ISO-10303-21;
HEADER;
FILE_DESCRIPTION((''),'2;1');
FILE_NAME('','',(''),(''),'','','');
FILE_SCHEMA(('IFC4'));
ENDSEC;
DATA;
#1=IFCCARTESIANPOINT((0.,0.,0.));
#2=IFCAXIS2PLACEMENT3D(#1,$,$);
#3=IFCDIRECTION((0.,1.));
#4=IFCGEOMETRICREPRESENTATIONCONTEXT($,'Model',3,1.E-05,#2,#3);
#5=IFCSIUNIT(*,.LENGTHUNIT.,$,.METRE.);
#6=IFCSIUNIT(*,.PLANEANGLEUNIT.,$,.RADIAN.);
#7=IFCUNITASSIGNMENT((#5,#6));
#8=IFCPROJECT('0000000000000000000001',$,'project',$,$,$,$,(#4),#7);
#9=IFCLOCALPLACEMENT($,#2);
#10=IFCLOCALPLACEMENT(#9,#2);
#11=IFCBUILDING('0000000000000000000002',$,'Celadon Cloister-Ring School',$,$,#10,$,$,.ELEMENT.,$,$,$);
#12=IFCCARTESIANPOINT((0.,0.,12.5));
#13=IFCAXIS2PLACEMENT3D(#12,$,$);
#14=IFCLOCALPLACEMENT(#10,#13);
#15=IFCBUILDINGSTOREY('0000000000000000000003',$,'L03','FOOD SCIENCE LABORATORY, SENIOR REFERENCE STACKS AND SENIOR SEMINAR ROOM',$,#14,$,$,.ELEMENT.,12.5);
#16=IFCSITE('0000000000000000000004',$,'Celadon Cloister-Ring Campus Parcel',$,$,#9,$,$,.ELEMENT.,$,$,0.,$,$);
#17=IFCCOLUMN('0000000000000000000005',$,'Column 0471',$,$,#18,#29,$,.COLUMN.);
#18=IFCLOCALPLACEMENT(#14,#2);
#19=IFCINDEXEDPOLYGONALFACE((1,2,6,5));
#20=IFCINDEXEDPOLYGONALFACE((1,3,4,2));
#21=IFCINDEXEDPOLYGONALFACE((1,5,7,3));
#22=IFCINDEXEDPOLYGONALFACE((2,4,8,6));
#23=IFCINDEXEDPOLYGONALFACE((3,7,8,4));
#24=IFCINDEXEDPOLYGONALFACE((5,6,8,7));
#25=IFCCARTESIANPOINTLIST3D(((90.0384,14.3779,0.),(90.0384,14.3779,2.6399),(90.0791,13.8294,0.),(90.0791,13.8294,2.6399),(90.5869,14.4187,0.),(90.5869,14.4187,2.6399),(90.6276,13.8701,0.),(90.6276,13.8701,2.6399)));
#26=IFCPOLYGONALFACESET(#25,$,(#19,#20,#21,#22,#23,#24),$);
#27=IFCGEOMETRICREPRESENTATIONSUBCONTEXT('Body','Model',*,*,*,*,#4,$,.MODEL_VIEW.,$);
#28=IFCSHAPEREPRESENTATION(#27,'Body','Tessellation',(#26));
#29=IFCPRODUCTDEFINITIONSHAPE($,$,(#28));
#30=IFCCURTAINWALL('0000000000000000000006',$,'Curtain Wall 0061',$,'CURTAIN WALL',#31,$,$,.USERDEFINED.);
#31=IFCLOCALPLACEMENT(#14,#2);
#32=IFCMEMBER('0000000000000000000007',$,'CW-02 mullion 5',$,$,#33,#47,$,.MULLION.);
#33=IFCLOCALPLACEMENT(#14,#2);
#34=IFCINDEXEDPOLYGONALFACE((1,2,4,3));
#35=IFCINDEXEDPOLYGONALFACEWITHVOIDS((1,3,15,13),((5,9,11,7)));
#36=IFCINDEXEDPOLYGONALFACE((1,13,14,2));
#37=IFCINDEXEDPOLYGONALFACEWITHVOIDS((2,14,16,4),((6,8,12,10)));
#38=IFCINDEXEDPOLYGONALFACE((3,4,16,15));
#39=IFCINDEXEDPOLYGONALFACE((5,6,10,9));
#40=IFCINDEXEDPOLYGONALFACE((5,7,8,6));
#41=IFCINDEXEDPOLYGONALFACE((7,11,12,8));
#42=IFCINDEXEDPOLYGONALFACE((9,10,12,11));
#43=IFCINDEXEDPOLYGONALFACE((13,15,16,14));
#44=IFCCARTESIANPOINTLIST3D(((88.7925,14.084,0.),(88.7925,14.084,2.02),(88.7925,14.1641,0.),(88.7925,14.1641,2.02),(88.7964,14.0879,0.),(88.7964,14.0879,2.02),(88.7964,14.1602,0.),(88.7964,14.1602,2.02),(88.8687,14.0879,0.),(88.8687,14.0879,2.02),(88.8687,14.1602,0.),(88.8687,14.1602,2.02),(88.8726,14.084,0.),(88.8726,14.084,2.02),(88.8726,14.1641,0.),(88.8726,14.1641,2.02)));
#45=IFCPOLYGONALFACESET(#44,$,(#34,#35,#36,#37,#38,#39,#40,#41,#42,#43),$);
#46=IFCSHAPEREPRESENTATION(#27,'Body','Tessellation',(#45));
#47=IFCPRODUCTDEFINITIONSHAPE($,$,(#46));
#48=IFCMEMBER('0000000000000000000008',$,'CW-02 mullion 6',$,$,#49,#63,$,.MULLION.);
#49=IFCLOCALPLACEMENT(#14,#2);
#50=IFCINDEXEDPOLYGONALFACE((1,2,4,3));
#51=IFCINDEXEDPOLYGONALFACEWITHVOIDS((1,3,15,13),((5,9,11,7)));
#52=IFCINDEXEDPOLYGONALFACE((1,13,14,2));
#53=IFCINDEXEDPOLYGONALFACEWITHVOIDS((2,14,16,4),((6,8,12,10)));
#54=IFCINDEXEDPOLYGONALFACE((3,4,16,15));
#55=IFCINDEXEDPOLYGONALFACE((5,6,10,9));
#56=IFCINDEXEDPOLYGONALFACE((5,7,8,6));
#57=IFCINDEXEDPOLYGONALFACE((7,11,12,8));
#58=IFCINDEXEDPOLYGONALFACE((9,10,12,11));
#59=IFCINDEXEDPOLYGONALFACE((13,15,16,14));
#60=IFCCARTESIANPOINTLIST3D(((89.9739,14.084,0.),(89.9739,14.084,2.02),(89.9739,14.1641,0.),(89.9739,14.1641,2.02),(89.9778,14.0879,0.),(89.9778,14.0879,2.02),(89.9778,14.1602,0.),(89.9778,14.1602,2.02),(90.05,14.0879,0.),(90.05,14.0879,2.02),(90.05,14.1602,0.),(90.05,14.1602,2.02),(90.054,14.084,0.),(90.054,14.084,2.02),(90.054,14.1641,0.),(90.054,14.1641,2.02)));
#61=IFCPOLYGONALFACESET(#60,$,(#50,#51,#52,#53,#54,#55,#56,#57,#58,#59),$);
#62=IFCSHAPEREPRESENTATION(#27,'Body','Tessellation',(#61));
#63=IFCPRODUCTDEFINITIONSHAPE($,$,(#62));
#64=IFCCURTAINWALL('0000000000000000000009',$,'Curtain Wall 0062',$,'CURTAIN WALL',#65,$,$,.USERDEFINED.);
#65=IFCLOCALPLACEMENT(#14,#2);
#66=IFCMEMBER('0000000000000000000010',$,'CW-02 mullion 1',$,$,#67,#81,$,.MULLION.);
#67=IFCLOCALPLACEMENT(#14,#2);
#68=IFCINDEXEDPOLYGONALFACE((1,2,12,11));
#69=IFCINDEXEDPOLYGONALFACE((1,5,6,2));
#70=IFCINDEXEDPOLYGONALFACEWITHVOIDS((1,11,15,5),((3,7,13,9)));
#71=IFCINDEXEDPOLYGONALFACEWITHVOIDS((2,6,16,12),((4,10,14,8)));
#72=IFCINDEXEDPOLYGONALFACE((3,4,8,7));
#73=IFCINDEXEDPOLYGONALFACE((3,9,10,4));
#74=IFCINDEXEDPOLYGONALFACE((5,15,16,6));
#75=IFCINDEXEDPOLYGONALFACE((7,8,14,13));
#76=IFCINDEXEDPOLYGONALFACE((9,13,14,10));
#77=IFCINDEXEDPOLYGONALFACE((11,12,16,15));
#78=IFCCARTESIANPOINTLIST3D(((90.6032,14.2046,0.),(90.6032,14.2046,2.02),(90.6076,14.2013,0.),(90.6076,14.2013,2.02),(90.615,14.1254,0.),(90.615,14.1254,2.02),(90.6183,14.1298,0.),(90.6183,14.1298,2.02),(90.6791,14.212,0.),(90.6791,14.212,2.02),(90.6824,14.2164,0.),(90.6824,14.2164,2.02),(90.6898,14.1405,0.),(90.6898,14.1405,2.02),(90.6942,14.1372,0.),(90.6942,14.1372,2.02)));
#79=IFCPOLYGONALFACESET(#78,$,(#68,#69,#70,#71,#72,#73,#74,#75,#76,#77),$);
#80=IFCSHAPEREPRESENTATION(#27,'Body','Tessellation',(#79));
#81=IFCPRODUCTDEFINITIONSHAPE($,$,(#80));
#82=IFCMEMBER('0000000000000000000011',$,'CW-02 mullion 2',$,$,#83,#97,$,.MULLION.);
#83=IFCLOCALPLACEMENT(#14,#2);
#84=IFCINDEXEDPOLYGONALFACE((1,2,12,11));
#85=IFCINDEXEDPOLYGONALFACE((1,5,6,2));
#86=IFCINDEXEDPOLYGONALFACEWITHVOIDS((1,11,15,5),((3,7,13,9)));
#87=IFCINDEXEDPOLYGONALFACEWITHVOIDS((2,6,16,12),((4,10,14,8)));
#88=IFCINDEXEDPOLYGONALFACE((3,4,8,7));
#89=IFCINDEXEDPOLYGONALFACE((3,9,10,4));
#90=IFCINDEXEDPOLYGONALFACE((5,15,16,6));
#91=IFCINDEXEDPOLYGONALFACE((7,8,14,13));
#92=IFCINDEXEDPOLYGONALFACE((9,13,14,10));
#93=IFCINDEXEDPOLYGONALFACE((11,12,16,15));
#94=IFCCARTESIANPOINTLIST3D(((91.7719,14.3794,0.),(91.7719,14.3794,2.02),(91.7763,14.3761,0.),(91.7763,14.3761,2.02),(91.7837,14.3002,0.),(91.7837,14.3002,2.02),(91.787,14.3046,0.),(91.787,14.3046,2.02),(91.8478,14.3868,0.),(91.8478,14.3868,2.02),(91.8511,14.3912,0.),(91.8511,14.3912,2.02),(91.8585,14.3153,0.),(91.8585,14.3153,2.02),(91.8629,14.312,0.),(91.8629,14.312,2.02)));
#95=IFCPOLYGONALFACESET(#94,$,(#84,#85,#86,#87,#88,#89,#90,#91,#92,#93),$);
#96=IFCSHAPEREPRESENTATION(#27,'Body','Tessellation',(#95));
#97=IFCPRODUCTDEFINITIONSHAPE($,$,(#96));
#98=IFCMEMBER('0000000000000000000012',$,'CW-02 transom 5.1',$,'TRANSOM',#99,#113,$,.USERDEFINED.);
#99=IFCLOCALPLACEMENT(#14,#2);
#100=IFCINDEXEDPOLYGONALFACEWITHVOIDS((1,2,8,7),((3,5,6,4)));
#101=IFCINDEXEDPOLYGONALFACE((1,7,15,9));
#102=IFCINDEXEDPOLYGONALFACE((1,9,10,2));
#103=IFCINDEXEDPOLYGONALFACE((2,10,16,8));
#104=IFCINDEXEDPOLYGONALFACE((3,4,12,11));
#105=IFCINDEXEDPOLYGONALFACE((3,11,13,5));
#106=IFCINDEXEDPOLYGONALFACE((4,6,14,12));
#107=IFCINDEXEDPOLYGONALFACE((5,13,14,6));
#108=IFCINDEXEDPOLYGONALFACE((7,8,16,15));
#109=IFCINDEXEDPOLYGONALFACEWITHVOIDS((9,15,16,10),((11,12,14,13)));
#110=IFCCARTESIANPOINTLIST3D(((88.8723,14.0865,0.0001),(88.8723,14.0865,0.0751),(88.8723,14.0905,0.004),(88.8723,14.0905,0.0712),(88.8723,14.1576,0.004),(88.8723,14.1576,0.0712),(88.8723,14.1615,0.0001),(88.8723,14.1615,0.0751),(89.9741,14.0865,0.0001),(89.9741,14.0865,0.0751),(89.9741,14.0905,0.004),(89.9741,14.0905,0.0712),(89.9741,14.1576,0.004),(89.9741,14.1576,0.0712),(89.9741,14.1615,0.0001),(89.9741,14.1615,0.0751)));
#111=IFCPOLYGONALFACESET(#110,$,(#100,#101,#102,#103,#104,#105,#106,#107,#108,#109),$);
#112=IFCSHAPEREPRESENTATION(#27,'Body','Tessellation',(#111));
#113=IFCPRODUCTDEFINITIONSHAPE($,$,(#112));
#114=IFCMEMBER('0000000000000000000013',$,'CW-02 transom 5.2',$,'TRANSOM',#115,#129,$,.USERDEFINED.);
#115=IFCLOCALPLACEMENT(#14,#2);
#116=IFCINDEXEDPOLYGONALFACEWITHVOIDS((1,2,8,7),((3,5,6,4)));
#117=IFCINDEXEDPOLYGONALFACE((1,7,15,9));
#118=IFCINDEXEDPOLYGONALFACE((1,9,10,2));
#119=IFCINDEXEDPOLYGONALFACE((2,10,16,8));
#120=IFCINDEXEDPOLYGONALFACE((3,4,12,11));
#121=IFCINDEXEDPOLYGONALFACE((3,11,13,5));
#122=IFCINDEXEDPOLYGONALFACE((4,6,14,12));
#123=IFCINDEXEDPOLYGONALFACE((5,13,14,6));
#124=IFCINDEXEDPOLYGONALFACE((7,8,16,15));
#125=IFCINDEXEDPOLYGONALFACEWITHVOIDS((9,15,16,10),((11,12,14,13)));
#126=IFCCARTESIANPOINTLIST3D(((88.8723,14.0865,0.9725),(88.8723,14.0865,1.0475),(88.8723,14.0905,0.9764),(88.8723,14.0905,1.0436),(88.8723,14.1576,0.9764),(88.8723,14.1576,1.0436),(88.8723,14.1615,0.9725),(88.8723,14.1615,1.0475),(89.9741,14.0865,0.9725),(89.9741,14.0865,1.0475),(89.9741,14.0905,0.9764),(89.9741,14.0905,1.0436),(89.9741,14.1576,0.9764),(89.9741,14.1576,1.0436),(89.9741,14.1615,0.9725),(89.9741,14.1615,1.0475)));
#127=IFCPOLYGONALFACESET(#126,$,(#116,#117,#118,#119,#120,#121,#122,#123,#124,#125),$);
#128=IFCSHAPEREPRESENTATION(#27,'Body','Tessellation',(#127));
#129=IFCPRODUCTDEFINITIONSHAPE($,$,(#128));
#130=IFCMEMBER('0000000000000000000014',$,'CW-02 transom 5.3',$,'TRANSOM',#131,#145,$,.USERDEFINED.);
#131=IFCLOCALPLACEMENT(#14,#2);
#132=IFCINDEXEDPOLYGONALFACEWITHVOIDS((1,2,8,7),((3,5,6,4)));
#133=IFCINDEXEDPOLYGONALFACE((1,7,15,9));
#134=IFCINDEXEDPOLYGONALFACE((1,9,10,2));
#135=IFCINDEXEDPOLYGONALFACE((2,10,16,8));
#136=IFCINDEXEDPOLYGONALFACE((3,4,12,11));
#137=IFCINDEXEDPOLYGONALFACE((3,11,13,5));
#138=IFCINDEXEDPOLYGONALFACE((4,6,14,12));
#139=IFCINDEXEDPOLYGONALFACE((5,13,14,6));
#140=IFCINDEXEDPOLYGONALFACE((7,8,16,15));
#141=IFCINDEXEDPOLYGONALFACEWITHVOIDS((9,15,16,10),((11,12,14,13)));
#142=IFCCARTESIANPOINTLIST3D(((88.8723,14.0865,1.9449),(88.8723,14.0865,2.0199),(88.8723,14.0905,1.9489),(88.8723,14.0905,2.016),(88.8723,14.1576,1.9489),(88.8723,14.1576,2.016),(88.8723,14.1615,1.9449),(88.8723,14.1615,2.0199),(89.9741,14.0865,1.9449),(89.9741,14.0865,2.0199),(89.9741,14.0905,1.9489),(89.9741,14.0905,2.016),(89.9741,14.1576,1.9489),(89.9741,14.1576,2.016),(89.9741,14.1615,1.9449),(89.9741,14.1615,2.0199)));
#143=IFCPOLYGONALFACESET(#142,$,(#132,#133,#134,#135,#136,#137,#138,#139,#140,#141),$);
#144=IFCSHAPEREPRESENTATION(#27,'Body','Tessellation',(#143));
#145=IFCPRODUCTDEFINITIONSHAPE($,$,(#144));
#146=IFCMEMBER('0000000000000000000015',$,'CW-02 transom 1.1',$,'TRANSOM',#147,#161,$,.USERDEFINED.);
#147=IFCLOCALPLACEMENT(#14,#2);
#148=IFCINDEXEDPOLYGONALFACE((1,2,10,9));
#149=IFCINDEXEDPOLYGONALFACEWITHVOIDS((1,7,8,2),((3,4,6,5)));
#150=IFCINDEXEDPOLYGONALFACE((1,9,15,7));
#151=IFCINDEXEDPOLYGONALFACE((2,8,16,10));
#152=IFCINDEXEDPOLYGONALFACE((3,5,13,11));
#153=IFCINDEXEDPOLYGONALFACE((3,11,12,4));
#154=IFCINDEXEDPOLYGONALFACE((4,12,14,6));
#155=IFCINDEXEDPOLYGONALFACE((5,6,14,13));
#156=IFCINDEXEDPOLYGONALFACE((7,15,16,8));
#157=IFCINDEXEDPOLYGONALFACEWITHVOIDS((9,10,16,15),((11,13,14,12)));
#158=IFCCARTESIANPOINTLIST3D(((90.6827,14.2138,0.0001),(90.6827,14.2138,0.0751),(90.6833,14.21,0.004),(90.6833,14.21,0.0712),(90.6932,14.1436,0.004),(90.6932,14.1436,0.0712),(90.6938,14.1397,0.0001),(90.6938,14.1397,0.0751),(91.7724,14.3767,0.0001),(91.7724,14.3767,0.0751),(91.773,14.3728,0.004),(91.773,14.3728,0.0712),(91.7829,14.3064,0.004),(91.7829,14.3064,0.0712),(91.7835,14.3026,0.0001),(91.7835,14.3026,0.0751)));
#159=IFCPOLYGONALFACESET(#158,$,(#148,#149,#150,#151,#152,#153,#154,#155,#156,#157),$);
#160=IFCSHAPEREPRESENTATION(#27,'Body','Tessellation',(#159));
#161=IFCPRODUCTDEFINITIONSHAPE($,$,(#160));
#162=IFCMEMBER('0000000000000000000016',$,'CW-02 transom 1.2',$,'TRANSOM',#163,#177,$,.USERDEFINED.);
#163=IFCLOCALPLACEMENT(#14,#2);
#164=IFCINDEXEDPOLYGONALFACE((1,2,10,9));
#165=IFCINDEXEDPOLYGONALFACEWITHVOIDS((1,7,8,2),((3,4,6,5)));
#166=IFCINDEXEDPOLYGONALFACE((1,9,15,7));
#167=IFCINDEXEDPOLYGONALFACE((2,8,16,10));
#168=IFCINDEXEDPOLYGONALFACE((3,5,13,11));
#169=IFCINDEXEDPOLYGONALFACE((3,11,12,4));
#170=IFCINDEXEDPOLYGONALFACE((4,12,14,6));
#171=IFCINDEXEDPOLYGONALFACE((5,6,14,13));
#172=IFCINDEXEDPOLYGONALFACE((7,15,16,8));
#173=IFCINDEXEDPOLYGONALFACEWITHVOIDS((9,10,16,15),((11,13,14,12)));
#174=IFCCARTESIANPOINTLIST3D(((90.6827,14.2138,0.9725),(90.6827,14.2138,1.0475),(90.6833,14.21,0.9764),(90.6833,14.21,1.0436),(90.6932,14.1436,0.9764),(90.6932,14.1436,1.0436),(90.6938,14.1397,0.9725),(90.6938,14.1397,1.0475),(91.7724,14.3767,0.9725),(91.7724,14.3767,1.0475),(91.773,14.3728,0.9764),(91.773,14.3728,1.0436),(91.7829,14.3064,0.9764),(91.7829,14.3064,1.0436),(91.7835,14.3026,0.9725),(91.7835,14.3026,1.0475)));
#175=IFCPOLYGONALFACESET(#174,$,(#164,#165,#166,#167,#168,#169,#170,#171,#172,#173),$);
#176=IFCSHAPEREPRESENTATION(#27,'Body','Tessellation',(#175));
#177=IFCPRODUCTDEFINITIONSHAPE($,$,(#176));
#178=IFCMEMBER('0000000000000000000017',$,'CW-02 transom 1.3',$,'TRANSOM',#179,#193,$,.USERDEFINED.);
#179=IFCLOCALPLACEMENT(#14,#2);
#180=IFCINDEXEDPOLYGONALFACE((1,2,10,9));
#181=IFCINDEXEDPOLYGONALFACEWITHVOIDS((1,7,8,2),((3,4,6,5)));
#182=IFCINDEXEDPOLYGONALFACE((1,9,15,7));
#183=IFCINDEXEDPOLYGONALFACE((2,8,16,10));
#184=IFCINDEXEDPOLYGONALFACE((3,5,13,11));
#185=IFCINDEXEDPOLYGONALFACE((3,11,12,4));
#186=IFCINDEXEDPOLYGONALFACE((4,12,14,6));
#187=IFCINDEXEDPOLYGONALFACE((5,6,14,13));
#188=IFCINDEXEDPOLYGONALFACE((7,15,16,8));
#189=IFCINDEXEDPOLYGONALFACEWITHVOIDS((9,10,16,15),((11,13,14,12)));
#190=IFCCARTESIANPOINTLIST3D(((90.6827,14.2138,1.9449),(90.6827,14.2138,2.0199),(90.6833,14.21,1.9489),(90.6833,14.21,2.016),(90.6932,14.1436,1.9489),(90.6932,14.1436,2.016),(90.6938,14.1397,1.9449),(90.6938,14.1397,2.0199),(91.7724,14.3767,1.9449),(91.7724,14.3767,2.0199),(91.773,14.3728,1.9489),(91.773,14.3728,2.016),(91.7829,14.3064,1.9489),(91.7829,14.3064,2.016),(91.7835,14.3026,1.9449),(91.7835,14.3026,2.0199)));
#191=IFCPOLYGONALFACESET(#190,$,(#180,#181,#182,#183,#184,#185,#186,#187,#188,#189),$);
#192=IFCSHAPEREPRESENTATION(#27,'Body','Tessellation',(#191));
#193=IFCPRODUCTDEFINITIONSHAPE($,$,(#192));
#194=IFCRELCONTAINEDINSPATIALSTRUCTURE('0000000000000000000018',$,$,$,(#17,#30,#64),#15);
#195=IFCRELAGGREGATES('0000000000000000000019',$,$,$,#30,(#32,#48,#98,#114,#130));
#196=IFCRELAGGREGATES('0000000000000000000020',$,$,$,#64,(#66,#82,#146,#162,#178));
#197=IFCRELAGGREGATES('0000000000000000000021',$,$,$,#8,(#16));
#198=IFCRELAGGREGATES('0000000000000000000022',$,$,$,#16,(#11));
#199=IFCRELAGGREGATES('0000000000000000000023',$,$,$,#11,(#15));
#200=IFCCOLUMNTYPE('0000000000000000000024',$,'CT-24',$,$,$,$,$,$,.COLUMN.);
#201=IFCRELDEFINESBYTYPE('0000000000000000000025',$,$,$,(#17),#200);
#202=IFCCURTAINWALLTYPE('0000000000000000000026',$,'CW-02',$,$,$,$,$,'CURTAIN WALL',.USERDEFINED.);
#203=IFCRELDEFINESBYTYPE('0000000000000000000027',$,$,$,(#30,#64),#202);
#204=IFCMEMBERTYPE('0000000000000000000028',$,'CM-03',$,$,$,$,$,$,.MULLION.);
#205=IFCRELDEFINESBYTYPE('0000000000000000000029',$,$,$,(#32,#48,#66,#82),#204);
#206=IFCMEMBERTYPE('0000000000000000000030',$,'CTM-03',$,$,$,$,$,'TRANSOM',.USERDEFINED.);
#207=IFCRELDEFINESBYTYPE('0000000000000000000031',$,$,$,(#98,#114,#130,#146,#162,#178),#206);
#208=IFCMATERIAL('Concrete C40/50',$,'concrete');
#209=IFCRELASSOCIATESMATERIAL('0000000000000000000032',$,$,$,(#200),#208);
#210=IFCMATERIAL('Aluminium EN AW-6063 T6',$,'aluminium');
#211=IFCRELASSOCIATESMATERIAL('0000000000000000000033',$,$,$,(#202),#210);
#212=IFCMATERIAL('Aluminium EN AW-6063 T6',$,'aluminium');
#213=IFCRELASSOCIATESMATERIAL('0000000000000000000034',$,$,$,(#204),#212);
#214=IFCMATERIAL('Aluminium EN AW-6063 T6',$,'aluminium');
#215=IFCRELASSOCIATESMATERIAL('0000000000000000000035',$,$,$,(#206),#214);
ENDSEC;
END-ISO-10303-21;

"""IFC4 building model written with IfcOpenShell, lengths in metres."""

from ifc_helpers import new_model, si_unit, direction, frame, origin, origin_2d, place, context, subcontext, project, spatial, rectangle, hollow_rectangle, extrude, material, material_profile, profile_set, type_object, element, aggregate, save


model = new_model("IFC4")

# Units and contexts
model_context = context("Model", 3, precision=1e-05, world=origin(), true_north=direction((0.0, 1.0)))
body_context = subcontext(model_context, "Body", "Model", "MODEL_VIEW")
ifc_project = project(units=[si_unit("LENGTHUNIT", "METRE"), si_unit("PLANEANGLEUNIT", "RADIAN")], contexts=[model_context])

# Site, building, storey
site_placement = place(None, origin())
site = spatial("IfcSite", under=ifc_project, at=site_placement, Name="Celadon Cloister-Ring Campus Parcel", CompositionType="ELEMENT", RefElevation=0.0)
building_placement = place(site_placement, origin())
building = spatial("IfcBuilding", under=site, at=building_placement, Name="Celadon Cloister-Ring School", CompositionType="ELEMENT")
storey_placement = place(building_placement, frame((0.0, 0.0, 12.5)))
storey = spatial("IfcBuildingStorey", under=building, at=storey_placement, Name="L03", Description="FOOD SCIENCE LABORATORY, SENIOR REFERENCE STACKS AND SENIOR SEMINAR ROOM", CompositionType="ELEMENT", Elevation=12.5)

# Column
ifc_material_1 = material(Name="Concrete C40/50", Category="concrete")
ifc_material_profile_1 = material_profile(ifc_material_1, rectangle(XDim=0.55, YDim=0.55, at=origin_2d()), Name="RC550X550")
ifc_profile_set_1 = profile_set([ifc_material_profile_1], Name="Concrete C40/50")
column_type = type_object("IfcColumnType", Name="CT-24", PredefinedType="COLUMN", material=ifc_profile_set_1)
column_placement = place(storey_placement, frame((90.333, 14.124, 0.0), z_axis=(0.0, 0.0, 1.0), x_axis=(0.074074, -0.997253, 0.0)))
element("IfcColumn", 1, at=column_placement, inside=storey, type_object=column_type, Name="Column 0471", PredefinedType="COLUMN", context=body_context, shape_type="SweptSolid", body=[
    extrude(rectangle(XDim=0.55, YDim=0.55, at=origin_2d()), origin(), (0.0, 0.0, 1.0), 2.6399),
])

# Curtain walls, members
ifc_material_2 = material(Name="Aluminium EN AW-6063 T6", Category="aluminium")
curtain_wall_type = type_object("IfcCurtainWallType", Name="CW-02", ElementType="CURTAIN WALL", PredefinedType="USERDEFINED", material=ifc_material_2)
curtain_wall_1_placement = place(storey_placement, origin())
curtain_wall_1 = element("IfcCurtainWall", 2, at=curtain_wall_1_placement, inside=storey, type_object=curtain_wall_type, Name="Curtain Wall 0061", ObjectType="CURTAIN WALL", PredefinedType="USERDEFINED")
ifc_material_3 = material(Name="Aluminium EN AW-6063 T6", Category="aluminium")
ifc_material_profile_2 = material_profile(ifc_material_3, hollow_rectangle(XDim=0.0801, YDim=0.0801, WallThickness=0.0039, at=origin_2d()), Name="RHS80X80X4")
ifc_profile_set_2 = profile_set([ifc_material_profile_2], Name="Aluminium EN AW-6063 T6")
member_type_1 = type_object("IfcMemberType", Name="CM-03", PredefinedType="MULLION", material=ifc_profile_set_2)
member_1_placement = place(storey_placement, frame((88.8325, 14.124, 0.0), z_axis=(0.0, 0.0, 1.0), x_axis=(0.0, 1.0, 0.0)))
member_1 = element("IfcMember", 3, at=member_1_placement, type_object=member_type_1, Name="CW-02 mullion 5", PredefinedType="MULLION", context=body_context, shape_type="SweptSolid", body=[
    extrude(hollow_rectangle(XDim=0.0801, YDim=0.0801, WallThickness=0.0039, at=origin_2d()), origin(), (0.0, 0.0, 1.0), 2.02),
])
member_2_placement = place(storey_placement, frame((90.0139, 14.124, 0.0), z_axis=(0.0, 0.0, 1.0), x_axis=(0.0, 1.0, 0.0)))
member_2 = element("IfcMember", 4, at=member_2_placement, type_object=member_type_1, Name="CW-02 mullion 6", PredefinedType="MULLION", context=body_context, shape_type="SweptSolid", body=[
    extrude(hollow_rectangle(XDim=0.0801, YDim=0.0801, WallThickness=0.0039, at=origin_2d()), origin(), (0.0, 0.0, 1.0), 2.02),
])
curtain_wall_2_placement = place(storey_placement, origin())
curtain_wall_2 = element("IfcCurtainWall", 5, at=curtain_wall_2_placement, inside=storey, type_object=curtain_wall_type, Name="Curtain Wall 0062", ObjectType="CURTAIN WALL", PredefinedType="USERDEFINED")
member_3_placement = place(storey_placement, frame((90.6487, 14.1709, 0.0), z_axis=(0.0, 0.0, 1.0), x_axis=(-0.147812, 0.989015, 0.0)))
member_3 = element("IfcMember", 6, at=member_3_placement, type_object=member_type_1, Name="CW-02 mullion 1", PredefinedType="MULLION", context=body_context, shape_type="SweptSolid", body=[
    extrude(hollow_rectangle(XDim=0.0801, YDim=0.0801, WallThickness=0.0039, at=origin_2d()), origin(), (0.0, 0.0, 1.0), 2.02),
])
member_4_placement = place(storey_placement, frame((91.8174, 14.3457, 0.0), z_axis=(0.0, 0.0, 1.0), x_axis=(-0.147812, 0.989015, 0.0)))
member_4 = element("IfcMember", 7, at=member_4_placement, type_object=member_type_1, Name="CW-02 mullion 2", PredefinedType="MULLION", context=body_context, shape_type="SweptSolid", body=[
    extrude(hollow_rectangle(XDim=0.0801, YDim=0.0801, WallThickness=0.0039, at=origin_2d()), origin(), (0.0, 0.0, 1.0), 2.02),
])

# Members
ifc_material_4 = material(Name="Aluminium EN AW-6063 T6", Category="aluminium")
ifc_material_profile_3 = material_profile(ifc_material_4, hollow_rectangle(XDim=0.075, YDim=0.075, WallThickness=0.0039, at=origin_2d()), Name="RHS75X75X4")
ifc_profile_set_3 = profile_set([ifc_material_profile_3], Name="Aluminium EN AW-6063 T6")
member_type_2 = type_object("IfcMemberType", Name="CTM-03", ElementType="TRANSOM", PredefinedType="USERDEFINED", material=ifc_profile_set_3)
member_5_placement = place(storey_placement, frame((88.8723, 14.124, 0.0376), z_axis=(1.0, 0.0, 0.0), x_axis=(0.0, 1.0, 0.0)))
member_5 = element("IfcMember", 8, at=member_5_placement, type_object=member_type_2, Name="CW-02 transom 5.1", ObjectType="TRANSOM", PredefinedType="USERDEFINED", context=body_context, shape_type="SweptSolid", body=[
    extrude(hollow_rectangle(XDim=0.075, YDim=0.075, WallThickness=0.0039, at=origin_2d()), origin(), (0.0, 0.0, 1.0), 1.1018),
])
member_6_placement = place(storey_placement, frame((88.8723, 14.124, 1.01), z_axis=(1.0, 0.0, 0.0), x_axis=(0.0, 1.0, 0.0)))
member_6 = element("IfcMember", 9, at=member_6_placement, type_object=member_type_2, Name="CW-02 transom 5.2", ObjectType="TRANSOM", PredefinedType="USERDEFINED", context=body_context, shape_type="SweptSolid", body=[
    extrude(hollow_rectangle(XDim=0.075, YDim=0.075, WallThickness=0.0039, at=origin_2d()), origin(), (0.0, 0.0, 1.0), 1.1018),
])
member_7_placement = place(storey_placement, frame((88.8723, 14.124, 1.9824), z_axis=(1.0, 0.0, 0.0), x_axis=(0.0, 1.0, 0.0)))
member_7 = element("IfcMember", 10, at=member_7_placement, type_object=member_type_2, Name="CW-02 transom 5.3", ObjectType="TRANSOM", PredefinedType="USERDEFINED", context=body_context, shape_type="SweptSolid", body=[
    extrude(hollow_rectangle(XDim=0.075, YDim=0.075, WallThickness=0.0039, at=origin_2d()), origin(), (0.0, 0.0, 1.0), 1.1018),
])
member_8_placement = place(storey_placement, frame((90.6882, 14.1768, 0.0376), z_axis=(0.989016, 0.147809, 0.0), x_axis=(-0.147809, 0.989016, 0.0)))
member_8 = element("IfcMember", 11, at=member_8_placement, type_object=member_type_2, Name="CW-02 transom 1.1", ObjectType="TRANSOM", PredefinedType="USERDEFINED", context=body_context, shape_type="SweptSolid", body=[
    extrude(hollow_rectangle(XDim=0.075, YDim=0.075, WallThickness=0.0039, at=origin_2d()), origin(), (0.0, 0.0, 1.0), 1.1018),
])
member_9_placement = place(storey_placement, frame((90.6882, 14.1768, 1.01), z_axis=(0.989016, 0.147809, 0.0), x_axis=(-0.147809, 0.989016, 0.0)))
member_9 = element("IfcMember", 12, at=member_9_placement, type_object=member_type_2, Name="CW-02 transom 1.2", ObjectType="TRANSOM", PredefinedType="USERDEFINED", context=body_context, shape_type="SweptSolid", body=[
    extrude(hollow_rectangle(XDim=0.075, YDim=0.075, WallThickness=0.0039, at=origin_2d()), origin(), (0.0, 0.0, 1.0), 1.1018),
])
member_10_placement = place(storey_placement, frame((90.6882, 14.1768, 1.9824), z_axis=(0.989016, 0.147809, 0.0), x_axis=(-0.147809, 0.989016, 0.0)))
member_10 = element("IfcMember", 13, at=member_10_placement, type_object=member_type_2, Name="CW-02 transom 1.3", ObjectType="TRANSOM", PredefinedType="USERDEFINED", context=body_context, shape_type="SweptSolid", body=[
    extrude(hollow_rectangle(XDim=0.075, YDim=0.075, WallThickness=0.0039, at=origin_2d()), origin(), (0.0, 0.0, 1.0), 1.1018),
])

aggregate(curtain_wall_1, [member_1, member_2, member_5, member_6, member_7])
aggregate(curtain_wall_2, [member_3, member_4, member_8, member_9, member_10])

save(model, "model.ifc")
